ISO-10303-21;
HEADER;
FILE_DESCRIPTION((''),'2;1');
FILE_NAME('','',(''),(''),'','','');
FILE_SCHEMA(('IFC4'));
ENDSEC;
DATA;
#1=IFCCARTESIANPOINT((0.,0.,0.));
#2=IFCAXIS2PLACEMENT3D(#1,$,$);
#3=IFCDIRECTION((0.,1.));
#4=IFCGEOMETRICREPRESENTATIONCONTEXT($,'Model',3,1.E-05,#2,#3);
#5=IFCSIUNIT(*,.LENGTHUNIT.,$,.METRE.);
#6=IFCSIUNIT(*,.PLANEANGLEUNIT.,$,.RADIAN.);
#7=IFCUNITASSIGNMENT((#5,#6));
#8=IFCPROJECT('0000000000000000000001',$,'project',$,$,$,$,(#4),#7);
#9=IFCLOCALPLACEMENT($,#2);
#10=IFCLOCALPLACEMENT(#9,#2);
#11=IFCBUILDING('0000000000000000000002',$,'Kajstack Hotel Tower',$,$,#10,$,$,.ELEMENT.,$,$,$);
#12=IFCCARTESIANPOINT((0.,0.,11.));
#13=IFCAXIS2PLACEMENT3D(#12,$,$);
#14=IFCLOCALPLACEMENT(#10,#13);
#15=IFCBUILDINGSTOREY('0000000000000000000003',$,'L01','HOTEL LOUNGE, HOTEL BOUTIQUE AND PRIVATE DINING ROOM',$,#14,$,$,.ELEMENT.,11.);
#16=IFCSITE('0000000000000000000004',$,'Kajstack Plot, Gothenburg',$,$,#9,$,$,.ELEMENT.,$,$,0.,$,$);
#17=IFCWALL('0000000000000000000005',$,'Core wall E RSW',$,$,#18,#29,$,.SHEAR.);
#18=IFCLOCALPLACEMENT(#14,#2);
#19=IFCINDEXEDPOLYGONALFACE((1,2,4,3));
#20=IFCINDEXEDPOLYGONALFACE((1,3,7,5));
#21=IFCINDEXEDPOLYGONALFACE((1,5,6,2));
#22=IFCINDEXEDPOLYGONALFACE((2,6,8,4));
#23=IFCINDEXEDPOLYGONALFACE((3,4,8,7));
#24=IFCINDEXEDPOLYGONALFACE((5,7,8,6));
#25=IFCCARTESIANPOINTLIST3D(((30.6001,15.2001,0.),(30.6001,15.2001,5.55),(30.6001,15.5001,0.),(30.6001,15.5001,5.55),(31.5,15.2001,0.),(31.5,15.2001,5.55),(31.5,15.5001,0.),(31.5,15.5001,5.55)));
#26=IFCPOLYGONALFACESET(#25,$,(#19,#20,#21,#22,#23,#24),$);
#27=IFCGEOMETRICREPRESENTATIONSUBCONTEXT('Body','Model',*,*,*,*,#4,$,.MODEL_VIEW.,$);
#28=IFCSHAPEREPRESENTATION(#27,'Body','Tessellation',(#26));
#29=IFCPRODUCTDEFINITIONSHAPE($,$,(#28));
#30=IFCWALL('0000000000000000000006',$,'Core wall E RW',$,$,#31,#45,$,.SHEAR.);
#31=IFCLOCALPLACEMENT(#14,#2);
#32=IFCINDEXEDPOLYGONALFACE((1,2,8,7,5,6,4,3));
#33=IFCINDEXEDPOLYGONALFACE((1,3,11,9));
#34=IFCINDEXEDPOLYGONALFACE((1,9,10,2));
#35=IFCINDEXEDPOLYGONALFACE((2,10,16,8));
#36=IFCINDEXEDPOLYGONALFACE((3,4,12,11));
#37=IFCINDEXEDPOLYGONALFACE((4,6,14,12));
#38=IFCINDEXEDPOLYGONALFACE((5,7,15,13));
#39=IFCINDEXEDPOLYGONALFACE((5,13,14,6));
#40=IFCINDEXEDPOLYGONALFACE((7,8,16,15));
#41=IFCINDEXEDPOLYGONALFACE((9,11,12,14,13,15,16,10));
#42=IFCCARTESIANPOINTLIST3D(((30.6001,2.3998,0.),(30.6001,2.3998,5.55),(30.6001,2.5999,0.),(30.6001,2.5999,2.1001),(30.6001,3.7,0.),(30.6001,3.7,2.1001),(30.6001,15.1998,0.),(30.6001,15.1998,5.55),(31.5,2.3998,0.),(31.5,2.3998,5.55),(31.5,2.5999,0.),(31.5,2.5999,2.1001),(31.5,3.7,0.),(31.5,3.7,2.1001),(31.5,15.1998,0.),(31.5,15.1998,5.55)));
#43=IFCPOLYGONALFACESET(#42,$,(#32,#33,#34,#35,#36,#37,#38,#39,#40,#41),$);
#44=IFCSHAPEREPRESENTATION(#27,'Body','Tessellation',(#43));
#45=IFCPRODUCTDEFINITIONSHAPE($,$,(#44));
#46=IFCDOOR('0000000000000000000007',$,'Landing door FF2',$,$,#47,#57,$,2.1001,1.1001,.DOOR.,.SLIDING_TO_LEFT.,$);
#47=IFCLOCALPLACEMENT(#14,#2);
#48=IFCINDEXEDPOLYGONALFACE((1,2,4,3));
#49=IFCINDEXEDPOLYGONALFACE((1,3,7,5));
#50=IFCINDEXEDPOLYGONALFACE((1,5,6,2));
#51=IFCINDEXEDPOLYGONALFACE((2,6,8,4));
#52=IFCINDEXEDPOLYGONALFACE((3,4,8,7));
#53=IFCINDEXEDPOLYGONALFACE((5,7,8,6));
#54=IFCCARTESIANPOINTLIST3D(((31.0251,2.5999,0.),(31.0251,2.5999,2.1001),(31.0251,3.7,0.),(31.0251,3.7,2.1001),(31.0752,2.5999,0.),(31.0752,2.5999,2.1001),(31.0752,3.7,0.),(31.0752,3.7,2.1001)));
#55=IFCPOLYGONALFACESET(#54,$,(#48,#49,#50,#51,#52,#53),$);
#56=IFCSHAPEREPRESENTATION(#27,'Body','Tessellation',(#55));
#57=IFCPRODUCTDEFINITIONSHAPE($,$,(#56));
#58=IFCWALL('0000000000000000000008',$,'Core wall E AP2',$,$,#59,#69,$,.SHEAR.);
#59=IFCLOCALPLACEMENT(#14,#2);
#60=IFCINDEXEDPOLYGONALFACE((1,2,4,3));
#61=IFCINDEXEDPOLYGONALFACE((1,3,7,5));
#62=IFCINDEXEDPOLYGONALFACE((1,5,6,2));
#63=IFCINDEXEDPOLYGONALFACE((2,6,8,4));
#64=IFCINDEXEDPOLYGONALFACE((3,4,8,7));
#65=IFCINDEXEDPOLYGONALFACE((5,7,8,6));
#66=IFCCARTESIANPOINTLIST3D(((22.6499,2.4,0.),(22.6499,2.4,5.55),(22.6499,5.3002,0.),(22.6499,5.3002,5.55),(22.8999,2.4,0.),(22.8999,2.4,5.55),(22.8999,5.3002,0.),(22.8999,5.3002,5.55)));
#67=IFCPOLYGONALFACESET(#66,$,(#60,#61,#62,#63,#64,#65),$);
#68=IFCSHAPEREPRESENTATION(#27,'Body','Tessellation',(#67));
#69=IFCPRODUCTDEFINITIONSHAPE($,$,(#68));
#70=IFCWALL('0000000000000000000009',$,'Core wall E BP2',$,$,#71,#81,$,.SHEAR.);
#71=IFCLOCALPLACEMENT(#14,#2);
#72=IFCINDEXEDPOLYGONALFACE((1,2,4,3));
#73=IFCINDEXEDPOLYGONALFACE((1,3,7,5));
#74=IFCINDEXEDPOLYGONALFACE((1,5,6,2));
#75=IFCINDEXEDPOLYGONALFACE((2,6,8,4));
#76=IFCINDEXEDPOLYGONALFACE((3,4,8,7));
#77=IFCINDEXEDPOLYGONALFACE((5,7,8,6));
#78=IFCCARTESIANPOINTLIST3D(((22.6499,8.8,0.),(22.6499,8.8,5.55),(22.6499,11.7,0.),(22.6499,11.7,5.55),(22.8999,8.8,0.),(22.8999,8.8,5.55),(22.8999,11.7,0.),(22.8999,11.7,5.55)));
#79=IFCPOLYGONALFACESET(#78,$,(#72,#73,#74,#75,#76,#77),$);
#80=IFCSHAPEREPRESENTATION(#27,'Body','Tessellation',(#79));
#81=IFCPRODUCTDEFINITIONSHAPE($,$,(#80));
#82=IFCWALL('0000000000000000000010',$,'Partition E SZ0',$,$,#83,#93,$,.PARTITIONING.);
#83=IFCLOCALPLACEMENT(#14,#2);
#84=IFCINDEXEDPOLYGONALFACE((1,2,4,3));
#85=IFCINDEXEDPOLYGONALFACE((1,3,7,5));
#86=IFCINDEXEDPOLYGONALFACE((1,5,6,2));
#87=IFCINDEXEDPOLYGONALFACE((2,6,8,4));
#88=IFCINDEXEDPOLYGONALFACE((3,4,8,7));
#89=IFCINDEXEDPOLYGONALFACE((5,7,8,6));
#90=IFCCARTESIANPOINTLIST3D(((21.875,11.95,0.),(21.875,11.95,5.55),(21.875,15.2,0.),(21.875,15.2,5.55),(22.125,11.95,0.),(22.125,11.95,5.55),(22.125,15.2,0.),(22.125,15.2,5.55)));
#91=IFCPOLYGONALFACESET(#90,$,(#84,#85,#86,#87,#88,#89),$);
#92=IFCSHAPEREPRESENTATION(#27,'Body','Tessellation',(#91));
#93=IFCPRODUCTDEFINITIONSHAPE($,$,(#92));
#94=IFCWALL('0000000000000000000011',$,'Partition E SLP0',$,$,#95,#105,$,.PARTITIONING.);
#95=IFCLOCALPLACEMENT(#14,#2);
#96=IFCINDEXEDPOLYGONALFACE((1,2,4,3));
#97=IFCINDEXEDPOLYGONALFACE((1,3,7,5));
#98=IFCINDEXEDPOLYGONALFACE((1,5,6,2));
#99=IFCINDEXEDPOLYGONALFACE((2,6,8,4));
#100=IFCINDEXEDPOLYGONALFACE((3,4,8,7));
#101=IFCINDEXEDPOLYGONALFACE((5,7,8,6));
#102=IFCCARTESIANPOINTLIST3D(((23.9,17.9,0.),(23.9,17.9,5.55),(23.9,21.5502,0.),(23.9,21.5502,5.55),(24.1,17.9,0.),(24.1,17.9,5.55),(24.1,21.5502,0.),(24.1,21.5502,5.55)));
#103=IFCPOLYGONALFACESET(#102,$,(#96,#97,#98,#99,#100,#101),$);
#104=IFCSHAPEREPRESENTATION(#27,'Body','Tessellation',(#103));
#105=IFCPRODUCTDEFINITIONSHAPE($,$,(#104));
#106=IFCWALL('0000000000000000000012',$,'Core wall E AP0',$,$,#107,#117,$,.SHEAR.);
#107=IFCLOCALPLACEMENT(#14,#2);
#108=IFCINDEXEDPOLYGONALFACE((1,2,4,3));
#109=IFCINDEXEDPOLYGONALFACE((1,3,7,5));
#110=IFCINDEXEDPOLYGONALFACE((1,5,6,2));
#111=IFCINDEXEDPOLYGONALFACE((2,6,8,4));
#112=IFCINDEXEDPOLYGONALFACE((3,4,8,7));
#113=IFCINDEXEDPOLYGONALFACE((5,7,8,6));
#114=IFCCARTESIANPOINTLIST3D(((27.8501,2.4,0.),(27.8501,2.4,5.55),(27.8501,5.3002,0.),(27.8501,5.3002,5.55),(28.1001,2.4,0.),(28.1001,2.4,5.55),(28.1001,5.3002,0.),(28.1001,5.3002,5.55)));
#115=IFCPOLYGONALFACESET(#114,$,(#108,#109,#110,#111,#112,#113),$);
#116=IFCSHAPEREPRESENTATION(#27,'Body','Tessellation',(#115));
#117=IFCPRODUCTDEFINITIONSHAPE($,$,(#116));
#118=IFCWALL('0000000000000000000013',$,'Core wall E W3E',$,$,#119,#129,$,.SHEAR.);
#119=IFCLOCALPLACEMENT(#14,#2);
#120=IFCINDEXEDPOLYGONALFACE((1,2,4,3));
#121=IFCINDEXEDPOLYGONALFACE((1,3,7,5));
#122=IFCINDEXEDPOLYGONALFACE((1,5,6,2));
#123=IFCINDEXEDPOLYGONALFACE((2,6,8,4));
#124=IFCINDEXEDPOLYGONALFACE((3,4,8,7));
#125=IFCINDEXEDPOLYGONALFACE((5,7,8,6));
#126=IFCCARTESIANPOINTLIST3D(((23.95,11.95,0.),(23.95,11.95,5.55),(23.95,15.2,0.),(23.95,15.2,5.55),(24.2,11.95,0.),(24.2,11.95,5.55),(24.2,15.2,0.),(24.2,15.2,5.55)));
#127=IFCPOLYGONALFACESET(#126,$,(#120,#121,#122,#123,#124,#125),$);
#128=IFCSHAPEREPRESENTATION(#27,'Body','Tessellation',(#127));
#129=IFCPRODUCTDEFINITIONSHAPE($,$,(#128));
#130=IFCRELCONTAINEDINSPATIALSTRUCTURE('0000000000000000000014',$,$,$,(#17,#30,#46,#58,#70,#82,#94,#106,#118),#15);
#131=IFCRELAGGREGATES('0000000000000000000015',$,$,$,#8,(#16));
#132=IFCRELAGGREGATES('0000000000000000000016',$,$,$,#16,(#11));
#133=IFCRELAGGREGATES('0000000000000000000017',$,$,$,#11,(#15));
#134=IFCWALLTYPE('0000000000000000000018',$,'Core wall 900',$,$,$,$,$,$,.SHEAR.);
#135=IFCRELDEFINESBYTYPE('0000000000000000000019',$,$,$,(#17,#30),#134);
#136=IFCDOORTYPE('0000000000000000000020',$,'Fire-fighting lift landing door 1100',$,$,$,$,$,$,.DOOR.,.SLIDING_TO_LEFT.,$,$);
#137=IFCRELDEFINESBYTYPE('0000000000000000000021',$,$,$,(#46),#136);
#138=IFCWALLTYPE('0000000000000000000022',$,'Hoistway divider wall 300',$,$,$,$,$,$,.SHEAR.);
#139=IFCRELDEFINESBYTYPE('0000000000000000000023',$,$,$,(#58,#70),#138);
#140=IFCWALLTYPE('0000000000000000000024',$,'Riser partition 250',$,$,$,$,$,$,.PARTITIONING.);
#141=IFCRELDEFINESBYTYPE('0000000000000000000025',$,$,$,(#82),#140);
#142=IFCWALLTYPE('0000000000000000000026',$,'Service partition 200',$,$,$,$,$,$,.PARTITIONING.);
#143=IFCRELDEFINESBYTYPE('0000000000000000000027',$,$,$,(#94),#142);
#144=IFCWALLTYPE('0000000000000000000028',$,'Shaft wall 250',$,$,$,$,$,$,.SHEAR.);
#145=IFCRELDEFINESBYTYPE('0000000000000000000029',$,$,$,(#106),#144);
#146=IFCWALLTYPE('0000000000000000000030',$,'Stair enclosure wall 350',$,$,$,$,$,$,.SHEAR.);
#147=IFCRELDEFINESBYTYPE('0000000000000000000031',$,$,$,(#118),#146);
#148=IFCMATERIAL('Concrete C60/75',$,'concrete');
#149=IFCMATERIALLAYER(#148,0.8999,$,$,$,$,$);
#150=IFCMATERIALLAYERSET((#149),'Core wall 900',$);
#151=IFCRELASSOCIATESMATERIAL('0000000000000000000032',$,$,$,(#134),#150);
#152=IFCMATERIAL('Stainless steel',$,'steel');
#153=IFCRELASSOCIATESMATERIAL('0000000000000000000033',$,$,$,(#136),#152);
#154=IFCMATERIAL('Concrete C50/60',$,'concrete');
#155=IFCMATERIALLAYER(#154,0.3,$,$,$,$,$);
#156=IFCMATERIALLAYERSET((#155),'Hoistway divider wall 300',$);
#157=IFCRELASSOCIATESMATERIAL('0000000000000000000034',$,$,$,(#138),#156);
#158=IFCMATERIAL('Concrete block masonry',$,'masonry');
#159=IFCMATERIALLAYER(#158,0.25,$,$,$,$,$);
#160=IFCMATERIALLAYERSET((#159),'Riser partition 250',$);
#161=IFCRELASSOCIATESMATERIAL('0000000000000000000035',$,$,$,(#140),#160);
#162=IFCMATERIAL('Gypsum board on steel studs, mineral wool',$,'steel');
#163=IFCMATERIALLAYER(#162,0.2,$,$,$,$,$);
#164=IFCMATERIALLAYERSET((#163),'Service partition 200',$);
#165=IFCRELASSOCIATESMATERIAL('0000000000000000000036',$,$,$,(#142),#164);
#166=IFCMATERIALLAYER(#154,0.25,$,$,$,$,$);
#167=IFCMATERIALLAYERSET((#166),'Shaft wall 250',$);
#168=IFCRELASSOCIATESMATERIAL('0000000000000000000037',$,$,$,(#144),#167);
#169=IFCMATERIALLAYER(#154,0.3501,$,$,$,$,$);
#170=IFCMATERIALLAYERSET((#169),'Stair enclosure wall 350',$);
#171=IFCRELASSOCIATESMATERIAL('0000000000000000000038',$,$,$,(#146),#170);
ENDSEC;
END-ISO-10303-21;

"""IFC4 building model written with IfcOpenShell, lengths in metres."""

from ifc_helpers import new_model, si_unit, direction, frame, frame_2d, origin, place, context, subcontext, project, spatial, rectangle, extrude, material, layer, layer_set, type_object, element, fill, save


model = new_model("IFC4")

# Units and contexts
model_context = context("Model", 3, precision=1e-05, world=origin(), true_north=direction((0.0, 1.0)))
body_context = subcontext(model_context, "Body", "Model", "MODEL_VIEW")
ifc_project = project(units=[si_unit("LENGTHUNIT", "METRE"), si_unit("PLANEANGLEUNIT", "RADIAN")], contexts=[model_context])

# Site, building, storey
site_placement = place(None, origin())
site = spatial("IfcSite", under=ifc_project, at=site_placement, Name="Kajstack Plot, Gothenburg", CompositionType="ELEMENT", RefElevation=0.0)
building_placement = place(site_placement, origin())
building = spatial("IfcBuilding", under=site, at=building_placement, Name="Kajstack Hotel Tower", CompositionType="ELEMENT")
storey_placement = place(building_placement, frame((0.0, 0.0, 11.0)))
storey = spatial("IfcBuildingStorey", under=building, at=storey_placement, Name="L01", Description="HOTEL LOUNGE, HOTEL BOUTIQUE AND PRIVATE DINING ROOM", CompositionType="ELEMENT", Elevation=11.0)

# Wall
ifc_material_1 = material(Name="Concrete C60/75", Category="concrete")
ifc_layer_1 = layer(ifc_material_1, 0.8999)
ifc_layer_set_1 = layer_set([ifc_layer_1], Name="Core wall 900")
wall_type_1 = type_object("IfcWallType", Name="Core wall 900", PredefinedType="SHEAR", material=ifc_layer_set_1)
wall_1_placement = place(storey_placement, frame((30.6001, 15.3501, 0.0), z_axis=(0.0, 0.0, 1.0), x_axis=(1.0, 0.0, 0.0)))
element("IfcWall", 1, at=wall_1_placement, inside=storey, type_object=wall_type_1, Name="Core wall E RSW", PredefinedType="SHEAR", context=body_context, shape_type="SweptSolid", body=[
    extrude(rectangle(XDim=0.8999, YDim=0.3, at=frame_2d((0.45, 0.0))), origin(), (0.0, 0.0, 1.0), 5.55),
])

# Wall, opening, door
wall_2_placement = place(storey_placement, frame((31.05, 2.3999, 0.0), z_axis=(0.0, 0.0, 1.0), x_axis=(0.0, 1.0, 0.0)))
wall_2 = element("IfcWall", 2, at=wall_2_placement, inside=storey, type_object=wall_type_1, Name="Core wall E RW", PredefinedType="SHEAR", context=body_context, shape_type="SweptSolid", body=[
    extrude(rectangle(XDim=12.8, YDim=0.8999, at=frame_2d((6.3999, 0.0))), origin(), (0.0, 0.0, 1.0), 5.55),
])
opening_placement = place(wall_2_placement, frame((0.2, 0.0, 0.0)))
opening = element("IfcOpeningElement", 3, at=opening_placement, cuts=wall_2, PredefinedType="OPENING", context=body_context, shape_type="SweptSolid", body=[
    extrude(rectangle(XDim=1.1001, YDim=2.1001, at=frame_2d((0.55, 1.05))), frame((0.0, 0.46, 0.0), z_axis=(0.0, -1.0, 0.0), x_axis=(1.0, 0.0, 0.0)), (0.0, 0.0, 1.0), 0.9199),
])
ifc_material_2 = material(Name="Stainless steel", Category="steel")
door_type = type_object("IfcDoorType", Name="Fire-fighting lift landing door 1100", OperationType="SLIDING_TO_LEFT", PredefinedType="DOOR", material=ifc_material_2)
door_placement = place(opening_placement, origin())
door = element("IfcDoor", 4, at=door_placement, inside=storey, type_object=door_type, Name="Landing door FF2", OperationType="SLIDING_TO_LEFT", OverallHeight=2.1001, OverallWidth=1.1001, PredefinedType="DOOR", context=body_context, shape_type="SweptSolid", body=[
    extrude(rectangle(XDim=1.1001, YDim=2.1001, at=frame_2d((0.55, 1.05))), frame((0.0, 0.0249, 0.0), z_axis=(0.0, -1.0, 0.0), x_axis=(1.0, 0.0, 0.0)), (0.0, 0.0, 1.0), 0.05),
])
fill(opening, door)

# Walls
ifc_material_3 = material(Name="Concrete C50/60", Category="concrete")
ifc_layer_2 = layer(ifc_material_3, 0.3)
ifc_layer_set_2 = layer_set([ifc_layer_2], Name="Hoistway divider wall 300")
wall_type_2 = type_object("IfcWallType", Name="Hoistway divider wall 300", PredefinedType="SHEAR", material=ifc_layer_set_2)
wall_3_placement = place(storey_placement, frame((22.7749, 2.3999, 0.0), z_axis=(0.0, 0.0, 1.0), x_axis=(0.0, 1.0, 0.0)))
element("IfcWall", 5, at=wall_3_placement, inside=storey, type_object=wall_type_2, Name="Core wall E AP2", PredefinedType="SHEAR", context=body_context, shape_type="SweptSolid", body=[
    extrude(rectangle(XDim=2.9001, YDim=0.25, at=frame_2d((1.4502, 0.0))), origin(), (0.0, 0.0, 1.0), 5.55),
])
wall_4_placement = place(storey_placement, frame((22.7749, 8.8, 0.0), z_axis=(0.0, 0.0, 1.0), x_axis=(0.0, 1.0, 0.0)))
element("IfcWall", 6, at=wall_4_placement, inside=storey, type_object=wall_type_2, Name="Core wall E BP2", PredefinedType="SHEAR", context=body_context, shape_type="SweptSolid", body=[
    extrude(rectangle(XDim=2.8999, YDim=0.25, at=frame_2d((1.45, 0.0))), origin(), (0.0, 0.0, 1.0), 5.55),
])
ifc_material_4 = material(Name="Concrete block masonry", Category="masonry")
ifc_layer_3 = layer(ifc_material_4, 0.25)
ifc_layer_set_3 = layer_set([ifc_layer_3], Name="Riser partition 250")
wall_type_3 = type_object("IfcWallType", Name="Riser partition 250", PredefinedType="PARTITIONING", material=ifc_layer_set_3)
wall_5_placement = place(storey_placement, frame((22.0, 11.95, 0.0), z_axis=(0.0, 0.0, 1.0), x_axis=(0.0, 1.0, 0.0)))
element("IfcWall", 7, at=wall_5_placement, inside=storey, type_object=wall_type_3, Name="Partition E SZ0", PredefinedType="PARTITIONING", context=body_context, shape_type="SweptSolid", body=[
    extrude(rectangle(XDim=3.25, YDim=0.25, at=frame_2d((1.625, 0.0))), origin(), (0.0, 0.0, 1.0), 5.55),
])
ifc_material_5 = material(Name="Gypsum board on steel studs, mineral wool", Category="steel")
ifc_layer_4 = layer(ifc_material_5, 0.2)
ifc_layer_set_4 = layer_set([ifc_layer_4], Name="Service partition 200")
wall_type_4 = type_object("IfcWallType", Name="Service partition 200", PredefinedType="PARTITIONING", material=ifc_layer_set_4)
wall_6_placement = place(storey_placement, frame((24.0, 17.8999, 0.0), z_axis=(0.0, 0.0, 1.0), x_axis=(0.0, 1.0, 0.0)))
element("IfcWall", 8, at=wall_6_placement, inside=storey, type_object=wall_type_4, Name="Partition E SLP0", PredefinedType="PARTITIONING", context=body_context, shape_type="SweptSolid", body=[
    extrude(rectangle(XDim=3.6501, YDim=0.2, at=frame_2d((1.8252, 0.0))), origin(), (0.0, 0.0, 1.0), 5.55),
])
ifc_layer_5 = layer(ifc_material_3, 0.25)
ifc_layer_set_5 = layer_set([ifc_layer_5], Name="Shaft wall 250")
wall_type_5 = type_object("IfcWallType", Name="Shaft wall 250", PredefinedType="SHEAR", material=ifc_layer_set_5)
wall_7_placement = place(storey_placement, frame((27.9751, 2.3999, 0.0), z_axis=(0.0, 0.0, 1.0), x_axis=(0.0, 1.0, 0.0)))
element("IfcWall", 9, at=wall_7_placement, inside=storey, type_object=wall_type_5, Name="Core wall E AP0", PredefinedType="SHEAR", context=body_context, shape_type="SweptSolid", body=[
    extrude(rectangle(XDim=2.9001, YDim=0.25, at=frame_2d((1.4502, 0.0))), origin(), (0.0, 0.0, 1.0), 5.55),
])
ifc_layer_6 = layer(ifc_material_3, 0.3501)
ifc_layer_set_6 = layer_set([ifc_layer_6], Name="Stair enclosure wall 350")
wall_type_6 = type_object("IfcWallType", Name="Stair enclosure wall 350", PredefinedType="SHEAR", material=ifc_layer_set_6)
wall_8_placement = place(storey_placement, frame((24.075, 11.95, 0.0), z_axis=(0.0, 0.0, 1.0), x_axis=(0.0, 1.0, 0.0)))
element("IfcWall", 10, at=wall_8_placement, inside=storey, type_object=wall_type_6, Name="Core wall E W3E", PredefinedType="SHEAR", context=body_context, shape_type="SweptSolid", body=[
    extrude(rectangle(XDim=3.25, YDim=0.25, at=frame_2d((1.625, 0.0))), origin(), (0.0, 0.0, 1.0), 5.55),
])

save(model, "model.ifc")
